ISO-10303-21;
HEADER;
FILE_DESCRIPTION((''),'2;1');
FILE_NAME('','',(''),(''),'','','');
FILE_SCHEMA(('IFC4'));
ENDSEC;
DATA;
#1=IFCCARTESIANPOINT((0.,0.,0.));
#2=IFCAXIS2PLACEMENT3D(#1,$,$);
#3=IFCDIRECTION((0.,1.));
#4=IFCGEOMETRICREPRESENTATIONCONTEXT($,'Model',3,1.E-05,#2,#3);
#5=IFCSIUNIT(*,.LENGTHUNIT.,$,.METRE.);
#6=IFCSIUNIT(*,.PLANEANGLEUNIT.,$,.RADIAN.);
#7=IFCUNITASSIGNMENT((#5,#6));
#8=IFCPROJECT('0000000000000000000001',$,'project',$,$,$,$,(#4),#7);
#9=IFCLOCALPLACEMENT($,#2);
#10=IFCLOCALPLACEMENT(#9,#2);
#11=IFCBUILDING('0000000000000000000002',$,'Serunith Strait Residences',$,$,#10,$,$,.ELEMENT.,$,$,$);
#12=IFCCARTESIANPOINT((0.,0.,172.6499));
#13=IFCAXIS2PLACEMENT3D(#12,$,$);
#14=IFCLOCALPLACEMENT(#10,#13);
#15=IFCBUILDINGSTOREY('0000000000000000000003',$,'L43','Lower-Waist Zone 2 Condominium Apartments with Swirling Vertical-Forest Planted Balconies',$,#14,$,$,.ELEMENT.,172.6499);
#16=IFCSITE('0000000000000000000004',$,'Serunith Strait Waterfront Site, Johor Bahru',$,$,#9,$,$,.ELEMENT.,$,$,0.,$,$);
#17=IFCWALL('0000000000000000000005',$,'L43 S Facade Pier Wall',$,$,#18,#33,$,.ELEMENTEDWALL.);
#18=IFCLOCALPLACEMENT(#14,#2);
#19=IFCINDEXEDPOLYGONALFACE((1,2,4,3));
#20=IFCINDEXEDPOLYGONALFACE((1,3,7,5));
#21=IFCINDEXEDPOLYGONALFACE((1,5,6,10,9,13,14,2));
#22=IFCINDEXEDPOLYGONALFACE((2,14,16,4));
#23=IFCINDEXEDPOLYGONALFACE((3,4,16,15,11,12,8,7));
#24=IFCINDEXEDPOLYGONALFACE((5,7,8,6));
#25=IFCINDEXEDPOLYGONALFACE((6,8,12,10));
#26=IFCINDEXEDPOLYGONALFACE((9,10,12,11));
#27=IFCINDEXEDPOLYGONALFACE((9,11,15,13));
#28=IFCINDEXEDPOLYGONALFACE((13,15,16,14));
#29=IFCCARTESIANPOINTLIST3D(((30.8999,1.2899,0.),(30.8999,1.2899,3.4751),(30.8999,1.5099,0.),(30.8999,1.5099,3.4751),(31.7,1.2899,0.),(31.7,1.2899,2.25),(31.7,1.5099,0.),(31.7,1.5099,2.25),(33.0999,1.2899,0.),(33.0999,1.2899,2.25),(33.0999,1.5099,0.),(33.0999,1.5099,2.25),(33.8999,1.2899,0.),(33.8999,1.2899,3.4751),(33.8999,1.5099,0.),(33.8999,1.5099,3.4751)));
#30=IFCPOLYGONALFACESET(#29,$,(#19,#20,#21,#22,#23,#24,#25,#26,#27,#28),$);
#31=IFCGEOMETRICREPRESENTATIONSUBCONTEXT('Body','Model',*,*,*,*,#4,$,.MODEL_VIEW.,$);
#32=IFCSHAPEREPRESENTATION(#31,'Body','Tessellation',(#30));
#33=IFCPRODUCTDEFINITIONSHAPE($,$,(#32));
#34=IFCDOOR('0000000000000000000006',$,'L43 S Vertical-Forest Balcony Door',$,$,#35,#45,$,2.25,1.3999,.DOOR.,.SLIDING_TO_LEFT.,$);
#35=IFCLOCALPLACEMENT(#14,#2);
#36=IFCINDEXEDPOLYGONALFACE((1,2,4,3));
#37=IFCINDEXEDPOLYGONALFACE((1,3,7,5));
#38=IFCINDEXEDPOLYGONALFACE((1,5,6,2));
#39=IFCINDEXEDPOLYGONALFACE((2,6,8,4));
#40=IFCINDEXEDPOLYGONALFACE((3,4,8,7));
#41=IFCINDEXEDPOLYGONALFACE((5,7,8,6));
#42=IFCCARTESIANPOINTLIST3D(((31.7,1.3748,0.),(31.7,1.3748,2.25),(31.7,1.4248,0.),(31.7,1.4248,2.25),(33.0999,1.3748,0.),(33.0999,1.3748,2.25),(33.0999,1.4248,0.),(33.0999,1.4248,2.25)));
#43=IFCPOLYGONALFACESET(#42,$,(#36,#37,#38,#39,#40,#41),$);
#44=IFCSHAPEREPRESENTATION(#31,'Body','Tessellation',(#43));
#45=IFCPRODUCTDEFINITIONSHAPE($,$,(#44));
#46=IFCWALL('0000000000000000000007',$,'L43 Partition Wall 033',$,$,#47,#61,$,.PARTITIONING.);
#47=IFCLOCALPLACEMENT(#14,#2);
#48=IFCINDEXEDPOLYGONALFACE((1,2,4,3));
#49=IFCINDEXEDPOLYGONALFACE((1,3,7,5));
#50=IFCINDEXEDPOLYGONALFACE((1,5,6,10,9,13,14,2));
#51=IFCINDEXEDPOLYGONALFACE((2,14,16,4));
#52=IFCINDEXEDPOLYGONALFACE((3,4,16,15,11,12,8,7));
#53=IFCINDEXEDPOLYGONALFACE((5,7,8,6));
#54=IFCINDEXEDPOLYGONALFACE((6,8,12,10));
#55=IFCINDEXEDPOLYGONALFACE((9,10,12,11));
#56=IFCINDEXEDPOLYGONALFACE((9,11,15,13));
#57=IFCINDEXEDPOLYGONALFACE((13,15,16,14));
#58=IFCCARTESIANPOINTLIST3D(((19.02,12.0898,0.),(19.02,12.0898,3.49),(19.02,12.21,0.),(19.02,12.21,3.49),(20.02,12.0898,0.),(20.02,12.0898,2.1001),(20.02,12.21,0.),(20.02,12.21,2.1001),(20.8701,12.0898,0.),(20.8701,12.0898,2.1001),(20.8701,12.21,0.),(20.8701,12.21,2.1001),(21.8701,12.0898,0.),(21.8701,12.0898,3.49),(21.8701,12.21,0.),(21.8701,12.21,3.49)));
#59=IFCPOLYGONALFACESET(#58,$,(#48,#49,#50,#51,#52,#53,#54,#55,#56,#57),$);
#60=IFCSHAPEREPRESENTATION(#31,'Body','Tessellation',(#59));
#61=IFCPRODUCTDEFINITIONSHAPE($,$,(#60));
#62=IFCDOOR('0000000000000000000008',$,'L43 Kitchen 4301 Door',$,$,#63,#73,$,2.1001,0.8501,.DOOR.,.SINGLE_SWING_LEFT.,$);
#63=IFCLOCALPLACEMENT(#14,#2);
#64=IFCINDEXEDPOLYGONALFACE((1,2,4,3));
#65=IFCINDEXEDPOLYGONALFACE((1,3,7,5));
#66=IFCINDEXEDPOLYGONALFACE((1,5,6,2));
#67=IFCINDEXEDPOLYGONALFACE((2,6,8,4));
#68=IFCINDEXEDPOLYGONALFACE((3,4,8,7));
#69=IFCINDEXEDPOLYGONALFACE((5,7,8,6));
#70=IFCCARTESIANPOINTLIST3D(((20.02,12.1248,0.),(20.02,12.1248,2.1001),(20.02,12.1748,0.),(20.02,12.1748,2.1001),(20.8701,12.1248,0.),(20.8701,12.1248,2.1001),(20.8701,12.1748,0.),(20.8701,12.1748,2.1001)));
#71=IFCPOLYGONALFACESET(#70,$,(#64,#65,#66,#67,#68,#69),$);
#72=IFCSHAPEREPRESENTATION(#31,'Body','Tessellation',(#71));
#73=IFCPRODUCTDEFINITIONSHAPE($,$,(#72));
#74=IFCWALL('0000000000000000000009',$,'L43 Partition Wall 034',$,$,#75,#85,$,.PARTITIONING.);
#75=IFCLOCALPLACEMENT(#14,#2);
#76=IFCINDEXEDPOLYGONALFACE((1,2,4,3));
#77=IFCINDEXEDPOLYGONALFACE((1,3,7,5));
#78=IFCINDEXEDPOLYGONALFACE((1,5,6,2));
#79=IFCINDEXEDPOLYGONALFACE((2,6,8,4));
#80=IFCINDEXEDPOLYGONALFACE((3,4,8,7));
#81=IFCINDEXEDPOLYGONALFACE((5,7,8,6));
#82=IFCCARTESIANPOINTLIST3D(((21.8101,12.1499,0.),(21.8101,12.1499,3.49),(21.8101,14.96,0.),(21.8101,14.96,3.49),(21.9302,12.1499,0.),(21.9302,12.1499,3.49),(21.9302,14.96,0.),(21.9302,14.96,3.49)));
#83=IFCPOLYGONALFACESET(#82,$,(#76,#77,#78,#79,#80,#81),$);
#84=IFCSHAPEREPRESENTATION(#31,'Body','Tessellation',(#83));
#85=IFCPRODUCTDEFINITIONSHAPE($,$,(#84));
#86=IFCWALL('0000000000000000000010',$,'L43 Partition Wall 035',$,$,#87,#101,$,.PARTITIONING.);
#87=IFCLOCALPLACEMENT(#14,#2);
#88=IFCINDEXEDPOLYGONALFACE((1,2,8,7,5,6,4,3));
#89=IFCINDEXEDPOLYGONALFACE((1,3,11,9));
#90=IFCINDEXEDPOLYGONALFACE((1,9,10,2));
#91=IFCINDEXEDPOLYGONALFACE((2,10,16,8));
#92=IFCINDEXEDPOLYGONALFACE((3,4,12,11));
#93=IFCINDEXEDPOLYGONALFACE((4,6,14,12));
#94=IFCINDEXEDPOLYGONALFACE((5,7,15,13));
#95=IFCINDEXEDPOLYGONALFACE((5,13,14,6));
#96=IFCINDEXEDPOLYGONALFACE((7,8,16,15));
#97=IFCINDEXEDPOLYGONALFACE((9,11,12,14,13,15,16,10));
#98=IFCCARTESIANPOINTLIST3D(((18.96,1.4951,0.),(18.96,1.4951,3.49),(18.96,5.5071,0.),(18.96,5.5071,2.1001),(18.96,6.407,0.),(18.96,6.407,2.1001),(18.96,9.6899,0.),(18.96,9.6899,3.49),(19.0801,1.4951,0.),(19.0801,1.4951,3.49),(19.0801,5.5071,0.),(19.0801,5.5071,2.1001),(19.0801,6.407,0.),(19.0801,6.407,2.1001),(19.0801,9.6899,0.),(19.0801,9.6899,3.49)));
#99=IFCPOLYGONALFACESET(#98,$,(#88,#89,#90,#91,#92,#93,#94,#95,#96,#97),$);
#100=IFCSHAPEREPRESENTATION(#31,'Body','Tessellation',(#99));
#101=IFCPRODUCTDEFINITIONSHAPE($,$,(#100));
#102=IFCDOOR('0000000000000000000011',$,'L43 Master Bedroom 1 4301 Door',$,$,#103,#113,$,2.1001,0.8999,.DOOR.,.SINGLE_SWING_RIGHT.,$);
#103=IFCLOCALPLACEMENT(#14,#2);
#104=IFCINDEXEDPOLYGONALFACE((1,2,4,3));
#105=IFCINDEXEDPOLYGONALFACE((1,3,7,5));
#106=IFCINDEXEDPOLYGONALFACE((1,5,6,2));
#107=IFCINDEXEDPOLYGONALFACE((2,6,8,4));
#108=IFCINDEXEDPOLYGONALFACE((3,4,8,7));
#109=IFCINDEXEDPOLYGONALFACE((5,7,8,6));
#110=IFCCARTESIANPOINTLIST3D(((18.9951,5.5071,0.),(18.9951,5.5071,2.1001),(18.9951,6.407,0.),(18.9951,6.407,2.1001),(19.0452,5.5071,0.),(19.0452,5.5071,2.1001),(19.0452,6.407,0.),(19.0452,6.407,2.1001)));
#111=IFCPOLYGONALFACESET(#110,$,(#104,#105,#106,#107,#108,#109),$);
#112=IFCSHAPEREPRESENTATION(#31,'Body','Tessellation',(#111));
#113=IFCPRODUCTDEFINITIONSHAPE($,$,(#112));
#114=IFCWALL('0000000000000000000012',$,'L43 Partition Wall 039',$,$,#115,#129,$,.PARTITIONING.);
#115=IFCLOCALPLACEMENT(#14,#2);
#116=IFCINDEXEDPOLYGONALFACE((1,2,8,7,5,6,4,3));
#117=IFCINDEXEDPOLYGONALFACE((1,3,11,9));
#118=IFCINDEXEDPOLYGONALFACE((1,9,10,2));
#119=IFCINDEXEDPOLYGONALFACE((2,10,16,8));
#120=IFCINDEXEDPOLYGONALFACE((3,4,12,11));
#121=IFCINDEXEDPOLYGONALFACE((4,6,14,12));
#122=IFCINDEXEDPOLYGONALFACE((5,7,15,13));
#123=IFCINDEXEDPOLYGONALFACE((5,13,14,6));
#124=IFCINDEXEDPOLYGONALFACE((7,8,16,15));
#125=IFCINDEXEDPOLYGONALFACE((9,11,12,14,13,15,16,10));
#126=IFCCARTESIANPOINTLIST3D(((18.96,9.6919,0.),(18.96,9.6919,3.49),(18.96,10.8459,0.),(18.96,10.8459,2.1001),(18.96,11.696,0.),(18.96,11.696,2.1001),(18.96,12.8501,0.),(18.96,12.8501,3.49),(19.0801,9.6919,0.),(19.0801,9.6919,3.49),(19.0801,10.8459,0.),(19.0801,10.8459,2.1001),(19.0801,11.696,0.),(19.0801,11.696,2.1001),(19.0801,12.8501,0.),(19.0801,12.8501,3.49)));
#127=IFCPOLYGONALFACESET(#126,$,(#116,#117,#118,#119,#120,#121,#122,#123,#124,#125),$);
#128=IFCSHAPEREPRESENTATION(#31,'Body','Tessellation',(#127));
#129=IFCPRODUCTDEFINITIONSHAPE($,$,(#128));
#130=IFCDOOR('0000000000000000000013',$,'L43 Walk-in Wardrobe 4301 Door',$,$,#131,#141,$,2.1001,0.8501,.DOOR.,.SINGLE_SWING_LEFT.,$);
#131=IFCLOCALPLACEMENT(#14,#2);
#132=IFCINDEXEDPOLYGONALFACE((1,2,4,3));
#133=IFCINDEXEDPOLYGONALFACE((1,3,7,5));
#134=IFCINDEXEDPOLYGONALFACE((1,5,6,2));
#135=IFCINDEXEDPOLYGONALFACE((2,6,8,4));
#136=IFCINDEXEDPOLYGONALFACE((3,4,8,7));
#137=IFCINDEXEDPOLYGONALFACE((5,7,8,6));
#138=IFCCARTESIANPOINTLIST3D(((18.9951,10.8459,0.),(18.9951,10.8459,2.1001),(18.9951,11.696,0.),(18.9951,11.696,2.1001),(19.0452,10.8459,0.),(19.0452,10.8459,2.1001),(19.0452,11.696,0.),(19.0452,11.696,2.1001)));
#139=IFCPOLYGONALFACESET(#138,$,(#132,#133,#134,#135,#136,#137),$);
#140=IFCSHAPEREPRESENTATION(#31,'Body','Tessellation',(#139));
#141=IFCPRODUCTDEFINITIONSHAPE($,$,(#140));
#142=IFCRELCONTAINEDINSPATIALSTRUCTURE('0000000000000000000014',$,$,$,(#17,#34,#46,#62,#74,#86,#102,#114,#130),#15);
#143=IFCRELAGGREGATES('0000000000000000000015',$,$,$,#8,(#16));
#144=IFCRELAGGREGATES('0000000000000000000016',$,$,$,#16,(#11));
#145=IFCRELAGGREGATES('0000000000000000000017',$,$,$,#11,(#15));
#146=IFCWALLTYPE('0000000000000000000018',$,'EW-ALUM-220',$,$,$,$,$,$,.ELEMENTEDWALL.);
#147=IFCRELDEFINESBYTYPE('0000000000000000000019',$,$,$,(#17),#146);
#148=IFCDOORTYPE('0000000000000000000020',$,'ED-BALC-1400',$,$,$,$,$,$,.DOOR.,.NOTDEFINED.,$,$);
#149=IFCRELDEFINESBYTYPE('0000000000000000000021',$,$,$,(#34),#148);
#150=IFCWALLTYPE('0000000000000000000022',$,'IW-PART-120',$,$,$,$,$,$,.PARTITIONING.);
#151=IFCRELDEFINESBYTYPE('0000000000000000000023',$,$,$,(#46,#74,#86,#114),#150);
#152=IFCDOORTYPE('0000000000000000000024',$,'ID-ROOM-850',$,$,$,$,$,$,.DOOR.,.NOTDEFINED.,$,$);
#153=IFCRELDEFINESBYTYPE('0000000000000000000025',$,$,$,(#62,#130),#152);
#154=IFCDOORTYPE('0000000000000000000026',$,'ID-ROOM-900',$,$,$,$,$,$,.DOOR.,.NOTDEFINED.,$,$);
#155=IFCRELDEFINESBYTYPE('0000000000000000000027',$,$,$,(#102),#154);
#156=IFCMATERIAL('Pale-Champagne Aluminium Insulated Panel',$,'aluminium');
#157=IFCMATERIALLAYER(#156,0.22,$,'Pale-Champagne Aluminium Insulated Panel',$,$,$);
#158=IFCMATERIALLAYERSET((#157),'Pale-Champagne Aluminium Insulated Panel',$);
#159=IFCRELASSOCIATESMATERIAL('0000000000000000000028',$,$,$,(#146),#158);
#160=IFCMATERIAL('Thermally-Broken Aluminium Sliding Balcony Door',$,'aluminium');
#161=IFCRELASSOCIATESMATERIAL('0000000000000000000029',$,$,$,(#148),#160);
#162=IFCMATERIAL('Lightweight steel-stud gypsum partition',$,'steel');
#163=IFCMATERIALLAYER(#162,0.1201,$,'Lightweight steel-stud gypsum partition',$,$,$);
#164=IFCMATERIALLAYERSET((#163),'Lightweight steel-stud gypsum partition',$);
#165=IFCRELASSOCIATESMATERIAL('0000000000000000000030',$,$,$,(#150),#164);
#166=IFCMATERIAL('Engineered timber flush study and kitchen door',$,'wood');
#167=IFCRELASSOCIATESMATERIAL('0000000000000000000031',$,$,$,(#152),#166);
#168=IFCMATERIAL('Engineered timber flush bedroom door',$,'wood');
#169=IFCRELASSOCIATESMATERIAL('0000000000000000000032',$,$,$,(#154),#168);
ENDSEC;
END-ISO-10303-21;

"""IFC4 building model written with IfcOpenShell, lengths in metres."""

from ifc_helpers import new_model, si_unit, direction, frame, frame_2d, origin, place, context, subcontext, project, spatial, rectangle, extrude, source, transform, mapped, material, layer, layer_set, type_object, element, fill, save


model = new_model("IFC4")

# Units and contexts
model_context = context("Model", 3, precision=1e-05, world=origin(), true_north=direction((0.0, 1.0)))
body_context = subcontext(model_context, "Body", "Model", "MODEL_VIEW")
ifc_project = project(units=[si_unit("LENGTHUNIT", "METRE"), si_unit("PLANEANGLEUNIT", "RADIAN")], contexts=[model_context])

# Site, building, storey
site_placement = place(None, origin())
site = spatial("IfcSite", under=ifc_project, at=site_placement, Name="Serunith Strait Waterfront Site, Johor Bahru", CompositionType="ELEMENT", RefElevation=0.0)
building_placement = place(site_placement, origin())
building = spatial("IfcBuilding", under=site, at=building_placement, Name="Serunith Strait Residences", CompositionType="ELEMENT")
storey_placement = place(building_placement, frame((0.0, 0.0, 172.6499)))
storey = spatial("IfcBuildingStorey", under=building, at=storey_placement, Name="L43", Description="Lower-Waist Zone 2 Condominium Apartments with Swirling Vertical-Forest Planted Balconies", CompositionType="ELEMENT", Elevation=172.6499)

# Walls, openings, doors
ifc_material_1 = material(Name="Pale-Champagne Aluminium Insulated Panel", Category="aluminium")
ifc_layer_1 = layer(ifc_material_1, 0.22, Name="Pale-Champagne Aluminium Insulated Panel")
ifc_layer_set_1 = layer_set([ifc_layer_1], Name="Pale-Champagne Aluminium Insulated Panel")
wall_type_1 = type_object("IfcWallType", Name="EW-ALUM-220", PredefinedType="ELEMENTEDWALL", material=ifc_layer_set_1)
wall_1_placement = place(storey_placement, frame((30.8999, 1.3999, 0.0), z_axis=(0.0, 0.0, 1.0), x_axis=(1.0, 0.0, 0.0)))
wall_1 = element("IfcWall", 1, at=wall_1_placement, inside=storey, type_object=wall_type_1, Name="L43 S Facade Pier Wall", PredefinedType="ELEMENTEDWALL", context=body_context, shape_type="SweptSolid", body=[
    extrude(rectangle(XDim=3.0, YDim=0.22, at=frame_2d((1.5, 0.0))), origin(), (0.0, 0.0, 1.0), 3.4751),
])
opening_1_placement = place(wall_1_placement, frame((0.8, 0.0, 0.0)))
opening_1 = element("IfcOpeningElement", 2, at=opening_1_placement, cuts=wall_1, PredefinedType="OPENING", context=body_context, shape_type="SweptSolid", body=[
    extrude(rectangle(XDim=1.3999, YDim=2.25, at=frame_2d((0.7, 1.125))), frame((0.0, 0.1201, 0.0), z_axis=(0.0, -1.0, 0.0), x_axis=(1.0, 0.0, 0.0)), (0.0, 0.0, 1.0), 0.24),
])
ifc_material_2 = material(Name="Thermally-Broken Aluminium Sliding Balcony Door", Category="aluminium")
door_type_1 = type_object("IfcDoorType", Name="ED-BALC-1400", OperationType="NOTDEFINED", PredefinedType="DOOR", material=ifc_material_2)
shared_shape_1 = source(origin(), body_context, "Body", "SweptSolid", [
    extrude(rectangle(XDim=1.3999, YDim=2.25, at=frame_2d((0.7, 1.125))), frame((0.0, 0.0249, 0.0), z_axis=(0.0, -1.0, 0.0), x_axis=(1.0, 0.0, 0.0)), (0.0, 0.0, 1.0), 0.05),
])
door_1_placement = place(opening_1_placement, origin())
door_1 = element("IfcDoor", 3, at=door_1_placement, inside=storey, type_object=door_type_1, Name="L43 S Vertical-Forest Balcony Door", OperationType="SLIDING_TO_LEFT", OverallHeight=2.25, OverallWidth=1.3999, PredefinedType="DOOR", context=body_context, shape_type="MappedRepresentation", body=[
    mapped(shared_shape_1, transform((0.0, 0.0, 0.0), scale=1.0)),
])
fill(opening_1, door_1)
ifc_material_3 = material(Name="Lightweight steel-stud gypsum partition", Category="steel")
ifc_layer_2 = layer(ifc_material_3, 0.1201, Name="Lightweight steel-stud gypsum partition")
ifc_layer_set_2 = layer_set([ifc_layer_2], Name="Lightweight steel-stud gypsum partition")
wall_type_2 = type_object("IfcWallType", Name="IW-PART-120", PredefinedType="PARTITIONING", material=ifc_layer_set_2)
wall_2_placement = place(storey_placement, frame((19.02, 12.1499, 0.0), z_axis=(0.0, 0.0, 1.0), x_axis=(1.0, 0.0, 0.0)))
wall_2 = element("IfcWall", 4, at=wall_2_placement, inside=storey, type_object=wall_type_2, Name="L43 Partition Wall 033", PredefinedType="PARTITIONING", context=body_context, shape_type="SweptSolid", body=[
    extrude(rectangle(XDim=2.8501, YDim=0.1201, at=frame_2d((1.425, 0.0))), origin(), (0.0, 0.0, 1.0), 3.49),
])
opening_2_placement = place(wall_2_placement, frame((1.0, 0.0, 0.0)))
opening_2 = element("IfcOpeningElement", 5, at=opening_2_placement, cuts=wall_2, PredefinedType="OPENING", context=body_context, shape_type="SweptSolid", body=[
    extrude(rectangle(XDim=0.8501, YDim=2.1001, at=frame_2d((0.425, 1.05))), frame((0.0, 0.0701, 0.0), z_axis=(0.0, -1.0, 0.0), x_axis=(1.0, 0.0, 0.0)), (0.0, 0.0, 1.0), 0.1401),
])
ifc_material_4 = material(Name="Engineered timber flush study and kitchen door", Category="wood")
door_type_2 = type_object("IfcDoorType", Name="ID-ROOM-850", OperationType="NOTDEFINED", PredefinedType="DOOR", material=ifc_material_4)
shared_shape_2 = source(origin(), body_context, "Body", "SweptSolid", [
    extrude(rectangle(XDim=0.8501, YDim=2.1001, at=frame_2d((0.425, 1.05))), frame((0.0, 0.0249, 0.0), z_axis=(0.0, -1.0, 0.0), x_axis=(1.0, 0.0, 0.0)), (0.0, 0.0, 1.0), 0.05),
])
door_2_placement = place(opening_2_placement, origin())
door_2 = element("IfcDoor", 6, at=door_2_placement, inside=storey, type_object=door_type_2, Name="L43 Kitchen 4301 Door", OperationType="SINGLE_SWING_LEFT", OverallHeight=2.1001, OverallWidth=0.8501, PredefinedType="DOOR", context=body_context, shape_type="MappedRepresentation", body=[
    mapped(shared_shape_2, transform((0.0, 0.0, 0.0), scale=1.0)),
])
fill(opening_2, door_2)

# Wall
wall_3_placement = place(storey_placement, frame((21.8701, 12.1499, 0.0), z_axis=(0.0, 0.0, 1.0), x_axis=(0.0, 1.0, 0.0)))
element("IfcWall", 7, at=wall_3_placement, inside=storey, type_object=wall_type_2, Name="L43 Partition Wall 034", PredefinedType="PARTITIONING", context=body_context, shape_type="SweptSolid", body=[
    extrude(rectangle(XDim=2.8101, YDim=0.1201, at=frame_2d((1.405, 0.0))), origin(), (0.0, 0.0, 1.0), 3.49),
])

# Walls, openings, doors
wall_4_placement = place(storey_placement, frame((19.02, 1.4951, 0.0), z_axis=(0.0, 0.0, 1.0), x_axis=(0.0, 1.0, 0.0)))
wall_4 = element("IfcWall", 8, at=wall_4_placement, inside=storey, type_object=wall_type_2, Name="L43 Partition Wall 035", PredefinedType="PARTITIONING", context=body_context, shape_type="SweptSolid", body=[
    extrude(rectangle(XDim=8.1948, YDim=0.1201, at=frame_2d((4.0974, 0.0))), origin(), (0.0, 0.0, 1.0), 3.49),
])
opening_3_placement = place(wall_4_placement, frame((4.012, 0.0, 0.0)))
opening_3 = element("IfcOpeningElement", 9, at=opening_3_placement, cuts=wall_4, PredefinedType="OPENING", context=body_context, shape_type="SweptSolid", body=[
    extrude(rectangle(XDim=0.8999, YDim=2.1001, at=frame_2d((0.45, 1.05))), frame((0.0, 0.0701, 0.0), z_axis=(0.0, -1.0, 0.0), x_axis=(1.0, 0.0, 0.0)), (0.0, 0.0, 1.0), 0.1401),
])
ifc_material_5 = material(Name="Engineered timber flush bedroom door", Category="wood")
door_type_3 = type_object("IfcDoorType", Name="ID-ROOM-900", OperationType="NOTDEFINED", PredefinedType="DOOR", material=ifc_material_5)
shared_shape_3 = source(origin(), body_context, "Body", "SweptSolid", [
    extrude(rectangle(XDim=0.8999, YDim=2.1001, at=frame_2d((0.45, 1.05))), frame((0.0, 0.0249, 0.0), z_axis=(0.0, -1.0, 0.0), x_axis=(1.0, 0.0, 0.0)), (0.0, 0.0, 1.0), 0.05),
])
door_3_placement = place(opening_3_placement, origin())
door_3 = element("IfcDoor", 10, at=door_3_placement, inside=storey, type_object=door_type_3, Name="L43 Master Bedroom 1 4301 Door", OperationType="SINGLE_SWING_RIGHT", OverallHeight=2.1001, OverallWidth=0.8999, PredefinedType="DOOR", context=body_context, shape_type="MappedRepresentation", body=[
    mapped(shared_shape_3, transform((0.0, 0.0, 0.0), scale=1.0)),
])
fill(opening_3, door_3)
wall_5_placement = place(storey_placement, frame((19.02, 9.6919, 0.0), z_axis=(0.0, 0.0, 1.0), x_axis=(0.0, 1.0, 0.0)))
wall_5 = element("IfcWall", 11, at=wall_5_placement, inside=storey, type_object=wall_type_2, Name="L43 Partition Wall 039", PredefinedType="PARTITIONING", context=body_context, shape_type="SweptSolid", body=[
    extrude(rectangle(XDim=3.1582, YDim=0.1201, at=frame_2d((1.5791, 0.0))), origin(), (0.0, 0.0, 1.0), 3.49),
])
opening_4_placement = place(wall_5_placement, frame((1.1541, 0.0, 0.0)))
opening_4 = element("IfcOpeningElement", 12, at=opening_4_placement, cuts=wall_5, PredefinedType="OPENING", context=body_context, shape_type="SweptSolid", body=[
    extrude(rectangle(XDim=0.8501, YDim=2.1001, at=frame_2d((0.425, 1.05))), frame((0.0, 0.0701, 0.0), z_axis=(0.0, -1.0, 0.0), x_axis=(1.0, 0.0, 0.0)), (0.0, 0.0, 1.0), 0.1401),
])
door_4_placement = place(opening_4_placement, origin())
door_4 = element("IfcDoor", 13, at=door_4_placement, inside=storey, type_object=door_type_2, Name="L43 Walk-in Wardrobe 4301 Door", OperationType="SINGLE_SWING_LEFT", OverallHeight=2.1001, OverallWidth=0.8501, PredefinedType="DOOR", context=body_context, shape_type="MappedRepresentation", body=[
    mapped(shared_shape_2, transform((0.0, 0.0, 0.0), scale=1.0)),
])
fill(opening_4, door_4)

save(model, "model.ifc")
